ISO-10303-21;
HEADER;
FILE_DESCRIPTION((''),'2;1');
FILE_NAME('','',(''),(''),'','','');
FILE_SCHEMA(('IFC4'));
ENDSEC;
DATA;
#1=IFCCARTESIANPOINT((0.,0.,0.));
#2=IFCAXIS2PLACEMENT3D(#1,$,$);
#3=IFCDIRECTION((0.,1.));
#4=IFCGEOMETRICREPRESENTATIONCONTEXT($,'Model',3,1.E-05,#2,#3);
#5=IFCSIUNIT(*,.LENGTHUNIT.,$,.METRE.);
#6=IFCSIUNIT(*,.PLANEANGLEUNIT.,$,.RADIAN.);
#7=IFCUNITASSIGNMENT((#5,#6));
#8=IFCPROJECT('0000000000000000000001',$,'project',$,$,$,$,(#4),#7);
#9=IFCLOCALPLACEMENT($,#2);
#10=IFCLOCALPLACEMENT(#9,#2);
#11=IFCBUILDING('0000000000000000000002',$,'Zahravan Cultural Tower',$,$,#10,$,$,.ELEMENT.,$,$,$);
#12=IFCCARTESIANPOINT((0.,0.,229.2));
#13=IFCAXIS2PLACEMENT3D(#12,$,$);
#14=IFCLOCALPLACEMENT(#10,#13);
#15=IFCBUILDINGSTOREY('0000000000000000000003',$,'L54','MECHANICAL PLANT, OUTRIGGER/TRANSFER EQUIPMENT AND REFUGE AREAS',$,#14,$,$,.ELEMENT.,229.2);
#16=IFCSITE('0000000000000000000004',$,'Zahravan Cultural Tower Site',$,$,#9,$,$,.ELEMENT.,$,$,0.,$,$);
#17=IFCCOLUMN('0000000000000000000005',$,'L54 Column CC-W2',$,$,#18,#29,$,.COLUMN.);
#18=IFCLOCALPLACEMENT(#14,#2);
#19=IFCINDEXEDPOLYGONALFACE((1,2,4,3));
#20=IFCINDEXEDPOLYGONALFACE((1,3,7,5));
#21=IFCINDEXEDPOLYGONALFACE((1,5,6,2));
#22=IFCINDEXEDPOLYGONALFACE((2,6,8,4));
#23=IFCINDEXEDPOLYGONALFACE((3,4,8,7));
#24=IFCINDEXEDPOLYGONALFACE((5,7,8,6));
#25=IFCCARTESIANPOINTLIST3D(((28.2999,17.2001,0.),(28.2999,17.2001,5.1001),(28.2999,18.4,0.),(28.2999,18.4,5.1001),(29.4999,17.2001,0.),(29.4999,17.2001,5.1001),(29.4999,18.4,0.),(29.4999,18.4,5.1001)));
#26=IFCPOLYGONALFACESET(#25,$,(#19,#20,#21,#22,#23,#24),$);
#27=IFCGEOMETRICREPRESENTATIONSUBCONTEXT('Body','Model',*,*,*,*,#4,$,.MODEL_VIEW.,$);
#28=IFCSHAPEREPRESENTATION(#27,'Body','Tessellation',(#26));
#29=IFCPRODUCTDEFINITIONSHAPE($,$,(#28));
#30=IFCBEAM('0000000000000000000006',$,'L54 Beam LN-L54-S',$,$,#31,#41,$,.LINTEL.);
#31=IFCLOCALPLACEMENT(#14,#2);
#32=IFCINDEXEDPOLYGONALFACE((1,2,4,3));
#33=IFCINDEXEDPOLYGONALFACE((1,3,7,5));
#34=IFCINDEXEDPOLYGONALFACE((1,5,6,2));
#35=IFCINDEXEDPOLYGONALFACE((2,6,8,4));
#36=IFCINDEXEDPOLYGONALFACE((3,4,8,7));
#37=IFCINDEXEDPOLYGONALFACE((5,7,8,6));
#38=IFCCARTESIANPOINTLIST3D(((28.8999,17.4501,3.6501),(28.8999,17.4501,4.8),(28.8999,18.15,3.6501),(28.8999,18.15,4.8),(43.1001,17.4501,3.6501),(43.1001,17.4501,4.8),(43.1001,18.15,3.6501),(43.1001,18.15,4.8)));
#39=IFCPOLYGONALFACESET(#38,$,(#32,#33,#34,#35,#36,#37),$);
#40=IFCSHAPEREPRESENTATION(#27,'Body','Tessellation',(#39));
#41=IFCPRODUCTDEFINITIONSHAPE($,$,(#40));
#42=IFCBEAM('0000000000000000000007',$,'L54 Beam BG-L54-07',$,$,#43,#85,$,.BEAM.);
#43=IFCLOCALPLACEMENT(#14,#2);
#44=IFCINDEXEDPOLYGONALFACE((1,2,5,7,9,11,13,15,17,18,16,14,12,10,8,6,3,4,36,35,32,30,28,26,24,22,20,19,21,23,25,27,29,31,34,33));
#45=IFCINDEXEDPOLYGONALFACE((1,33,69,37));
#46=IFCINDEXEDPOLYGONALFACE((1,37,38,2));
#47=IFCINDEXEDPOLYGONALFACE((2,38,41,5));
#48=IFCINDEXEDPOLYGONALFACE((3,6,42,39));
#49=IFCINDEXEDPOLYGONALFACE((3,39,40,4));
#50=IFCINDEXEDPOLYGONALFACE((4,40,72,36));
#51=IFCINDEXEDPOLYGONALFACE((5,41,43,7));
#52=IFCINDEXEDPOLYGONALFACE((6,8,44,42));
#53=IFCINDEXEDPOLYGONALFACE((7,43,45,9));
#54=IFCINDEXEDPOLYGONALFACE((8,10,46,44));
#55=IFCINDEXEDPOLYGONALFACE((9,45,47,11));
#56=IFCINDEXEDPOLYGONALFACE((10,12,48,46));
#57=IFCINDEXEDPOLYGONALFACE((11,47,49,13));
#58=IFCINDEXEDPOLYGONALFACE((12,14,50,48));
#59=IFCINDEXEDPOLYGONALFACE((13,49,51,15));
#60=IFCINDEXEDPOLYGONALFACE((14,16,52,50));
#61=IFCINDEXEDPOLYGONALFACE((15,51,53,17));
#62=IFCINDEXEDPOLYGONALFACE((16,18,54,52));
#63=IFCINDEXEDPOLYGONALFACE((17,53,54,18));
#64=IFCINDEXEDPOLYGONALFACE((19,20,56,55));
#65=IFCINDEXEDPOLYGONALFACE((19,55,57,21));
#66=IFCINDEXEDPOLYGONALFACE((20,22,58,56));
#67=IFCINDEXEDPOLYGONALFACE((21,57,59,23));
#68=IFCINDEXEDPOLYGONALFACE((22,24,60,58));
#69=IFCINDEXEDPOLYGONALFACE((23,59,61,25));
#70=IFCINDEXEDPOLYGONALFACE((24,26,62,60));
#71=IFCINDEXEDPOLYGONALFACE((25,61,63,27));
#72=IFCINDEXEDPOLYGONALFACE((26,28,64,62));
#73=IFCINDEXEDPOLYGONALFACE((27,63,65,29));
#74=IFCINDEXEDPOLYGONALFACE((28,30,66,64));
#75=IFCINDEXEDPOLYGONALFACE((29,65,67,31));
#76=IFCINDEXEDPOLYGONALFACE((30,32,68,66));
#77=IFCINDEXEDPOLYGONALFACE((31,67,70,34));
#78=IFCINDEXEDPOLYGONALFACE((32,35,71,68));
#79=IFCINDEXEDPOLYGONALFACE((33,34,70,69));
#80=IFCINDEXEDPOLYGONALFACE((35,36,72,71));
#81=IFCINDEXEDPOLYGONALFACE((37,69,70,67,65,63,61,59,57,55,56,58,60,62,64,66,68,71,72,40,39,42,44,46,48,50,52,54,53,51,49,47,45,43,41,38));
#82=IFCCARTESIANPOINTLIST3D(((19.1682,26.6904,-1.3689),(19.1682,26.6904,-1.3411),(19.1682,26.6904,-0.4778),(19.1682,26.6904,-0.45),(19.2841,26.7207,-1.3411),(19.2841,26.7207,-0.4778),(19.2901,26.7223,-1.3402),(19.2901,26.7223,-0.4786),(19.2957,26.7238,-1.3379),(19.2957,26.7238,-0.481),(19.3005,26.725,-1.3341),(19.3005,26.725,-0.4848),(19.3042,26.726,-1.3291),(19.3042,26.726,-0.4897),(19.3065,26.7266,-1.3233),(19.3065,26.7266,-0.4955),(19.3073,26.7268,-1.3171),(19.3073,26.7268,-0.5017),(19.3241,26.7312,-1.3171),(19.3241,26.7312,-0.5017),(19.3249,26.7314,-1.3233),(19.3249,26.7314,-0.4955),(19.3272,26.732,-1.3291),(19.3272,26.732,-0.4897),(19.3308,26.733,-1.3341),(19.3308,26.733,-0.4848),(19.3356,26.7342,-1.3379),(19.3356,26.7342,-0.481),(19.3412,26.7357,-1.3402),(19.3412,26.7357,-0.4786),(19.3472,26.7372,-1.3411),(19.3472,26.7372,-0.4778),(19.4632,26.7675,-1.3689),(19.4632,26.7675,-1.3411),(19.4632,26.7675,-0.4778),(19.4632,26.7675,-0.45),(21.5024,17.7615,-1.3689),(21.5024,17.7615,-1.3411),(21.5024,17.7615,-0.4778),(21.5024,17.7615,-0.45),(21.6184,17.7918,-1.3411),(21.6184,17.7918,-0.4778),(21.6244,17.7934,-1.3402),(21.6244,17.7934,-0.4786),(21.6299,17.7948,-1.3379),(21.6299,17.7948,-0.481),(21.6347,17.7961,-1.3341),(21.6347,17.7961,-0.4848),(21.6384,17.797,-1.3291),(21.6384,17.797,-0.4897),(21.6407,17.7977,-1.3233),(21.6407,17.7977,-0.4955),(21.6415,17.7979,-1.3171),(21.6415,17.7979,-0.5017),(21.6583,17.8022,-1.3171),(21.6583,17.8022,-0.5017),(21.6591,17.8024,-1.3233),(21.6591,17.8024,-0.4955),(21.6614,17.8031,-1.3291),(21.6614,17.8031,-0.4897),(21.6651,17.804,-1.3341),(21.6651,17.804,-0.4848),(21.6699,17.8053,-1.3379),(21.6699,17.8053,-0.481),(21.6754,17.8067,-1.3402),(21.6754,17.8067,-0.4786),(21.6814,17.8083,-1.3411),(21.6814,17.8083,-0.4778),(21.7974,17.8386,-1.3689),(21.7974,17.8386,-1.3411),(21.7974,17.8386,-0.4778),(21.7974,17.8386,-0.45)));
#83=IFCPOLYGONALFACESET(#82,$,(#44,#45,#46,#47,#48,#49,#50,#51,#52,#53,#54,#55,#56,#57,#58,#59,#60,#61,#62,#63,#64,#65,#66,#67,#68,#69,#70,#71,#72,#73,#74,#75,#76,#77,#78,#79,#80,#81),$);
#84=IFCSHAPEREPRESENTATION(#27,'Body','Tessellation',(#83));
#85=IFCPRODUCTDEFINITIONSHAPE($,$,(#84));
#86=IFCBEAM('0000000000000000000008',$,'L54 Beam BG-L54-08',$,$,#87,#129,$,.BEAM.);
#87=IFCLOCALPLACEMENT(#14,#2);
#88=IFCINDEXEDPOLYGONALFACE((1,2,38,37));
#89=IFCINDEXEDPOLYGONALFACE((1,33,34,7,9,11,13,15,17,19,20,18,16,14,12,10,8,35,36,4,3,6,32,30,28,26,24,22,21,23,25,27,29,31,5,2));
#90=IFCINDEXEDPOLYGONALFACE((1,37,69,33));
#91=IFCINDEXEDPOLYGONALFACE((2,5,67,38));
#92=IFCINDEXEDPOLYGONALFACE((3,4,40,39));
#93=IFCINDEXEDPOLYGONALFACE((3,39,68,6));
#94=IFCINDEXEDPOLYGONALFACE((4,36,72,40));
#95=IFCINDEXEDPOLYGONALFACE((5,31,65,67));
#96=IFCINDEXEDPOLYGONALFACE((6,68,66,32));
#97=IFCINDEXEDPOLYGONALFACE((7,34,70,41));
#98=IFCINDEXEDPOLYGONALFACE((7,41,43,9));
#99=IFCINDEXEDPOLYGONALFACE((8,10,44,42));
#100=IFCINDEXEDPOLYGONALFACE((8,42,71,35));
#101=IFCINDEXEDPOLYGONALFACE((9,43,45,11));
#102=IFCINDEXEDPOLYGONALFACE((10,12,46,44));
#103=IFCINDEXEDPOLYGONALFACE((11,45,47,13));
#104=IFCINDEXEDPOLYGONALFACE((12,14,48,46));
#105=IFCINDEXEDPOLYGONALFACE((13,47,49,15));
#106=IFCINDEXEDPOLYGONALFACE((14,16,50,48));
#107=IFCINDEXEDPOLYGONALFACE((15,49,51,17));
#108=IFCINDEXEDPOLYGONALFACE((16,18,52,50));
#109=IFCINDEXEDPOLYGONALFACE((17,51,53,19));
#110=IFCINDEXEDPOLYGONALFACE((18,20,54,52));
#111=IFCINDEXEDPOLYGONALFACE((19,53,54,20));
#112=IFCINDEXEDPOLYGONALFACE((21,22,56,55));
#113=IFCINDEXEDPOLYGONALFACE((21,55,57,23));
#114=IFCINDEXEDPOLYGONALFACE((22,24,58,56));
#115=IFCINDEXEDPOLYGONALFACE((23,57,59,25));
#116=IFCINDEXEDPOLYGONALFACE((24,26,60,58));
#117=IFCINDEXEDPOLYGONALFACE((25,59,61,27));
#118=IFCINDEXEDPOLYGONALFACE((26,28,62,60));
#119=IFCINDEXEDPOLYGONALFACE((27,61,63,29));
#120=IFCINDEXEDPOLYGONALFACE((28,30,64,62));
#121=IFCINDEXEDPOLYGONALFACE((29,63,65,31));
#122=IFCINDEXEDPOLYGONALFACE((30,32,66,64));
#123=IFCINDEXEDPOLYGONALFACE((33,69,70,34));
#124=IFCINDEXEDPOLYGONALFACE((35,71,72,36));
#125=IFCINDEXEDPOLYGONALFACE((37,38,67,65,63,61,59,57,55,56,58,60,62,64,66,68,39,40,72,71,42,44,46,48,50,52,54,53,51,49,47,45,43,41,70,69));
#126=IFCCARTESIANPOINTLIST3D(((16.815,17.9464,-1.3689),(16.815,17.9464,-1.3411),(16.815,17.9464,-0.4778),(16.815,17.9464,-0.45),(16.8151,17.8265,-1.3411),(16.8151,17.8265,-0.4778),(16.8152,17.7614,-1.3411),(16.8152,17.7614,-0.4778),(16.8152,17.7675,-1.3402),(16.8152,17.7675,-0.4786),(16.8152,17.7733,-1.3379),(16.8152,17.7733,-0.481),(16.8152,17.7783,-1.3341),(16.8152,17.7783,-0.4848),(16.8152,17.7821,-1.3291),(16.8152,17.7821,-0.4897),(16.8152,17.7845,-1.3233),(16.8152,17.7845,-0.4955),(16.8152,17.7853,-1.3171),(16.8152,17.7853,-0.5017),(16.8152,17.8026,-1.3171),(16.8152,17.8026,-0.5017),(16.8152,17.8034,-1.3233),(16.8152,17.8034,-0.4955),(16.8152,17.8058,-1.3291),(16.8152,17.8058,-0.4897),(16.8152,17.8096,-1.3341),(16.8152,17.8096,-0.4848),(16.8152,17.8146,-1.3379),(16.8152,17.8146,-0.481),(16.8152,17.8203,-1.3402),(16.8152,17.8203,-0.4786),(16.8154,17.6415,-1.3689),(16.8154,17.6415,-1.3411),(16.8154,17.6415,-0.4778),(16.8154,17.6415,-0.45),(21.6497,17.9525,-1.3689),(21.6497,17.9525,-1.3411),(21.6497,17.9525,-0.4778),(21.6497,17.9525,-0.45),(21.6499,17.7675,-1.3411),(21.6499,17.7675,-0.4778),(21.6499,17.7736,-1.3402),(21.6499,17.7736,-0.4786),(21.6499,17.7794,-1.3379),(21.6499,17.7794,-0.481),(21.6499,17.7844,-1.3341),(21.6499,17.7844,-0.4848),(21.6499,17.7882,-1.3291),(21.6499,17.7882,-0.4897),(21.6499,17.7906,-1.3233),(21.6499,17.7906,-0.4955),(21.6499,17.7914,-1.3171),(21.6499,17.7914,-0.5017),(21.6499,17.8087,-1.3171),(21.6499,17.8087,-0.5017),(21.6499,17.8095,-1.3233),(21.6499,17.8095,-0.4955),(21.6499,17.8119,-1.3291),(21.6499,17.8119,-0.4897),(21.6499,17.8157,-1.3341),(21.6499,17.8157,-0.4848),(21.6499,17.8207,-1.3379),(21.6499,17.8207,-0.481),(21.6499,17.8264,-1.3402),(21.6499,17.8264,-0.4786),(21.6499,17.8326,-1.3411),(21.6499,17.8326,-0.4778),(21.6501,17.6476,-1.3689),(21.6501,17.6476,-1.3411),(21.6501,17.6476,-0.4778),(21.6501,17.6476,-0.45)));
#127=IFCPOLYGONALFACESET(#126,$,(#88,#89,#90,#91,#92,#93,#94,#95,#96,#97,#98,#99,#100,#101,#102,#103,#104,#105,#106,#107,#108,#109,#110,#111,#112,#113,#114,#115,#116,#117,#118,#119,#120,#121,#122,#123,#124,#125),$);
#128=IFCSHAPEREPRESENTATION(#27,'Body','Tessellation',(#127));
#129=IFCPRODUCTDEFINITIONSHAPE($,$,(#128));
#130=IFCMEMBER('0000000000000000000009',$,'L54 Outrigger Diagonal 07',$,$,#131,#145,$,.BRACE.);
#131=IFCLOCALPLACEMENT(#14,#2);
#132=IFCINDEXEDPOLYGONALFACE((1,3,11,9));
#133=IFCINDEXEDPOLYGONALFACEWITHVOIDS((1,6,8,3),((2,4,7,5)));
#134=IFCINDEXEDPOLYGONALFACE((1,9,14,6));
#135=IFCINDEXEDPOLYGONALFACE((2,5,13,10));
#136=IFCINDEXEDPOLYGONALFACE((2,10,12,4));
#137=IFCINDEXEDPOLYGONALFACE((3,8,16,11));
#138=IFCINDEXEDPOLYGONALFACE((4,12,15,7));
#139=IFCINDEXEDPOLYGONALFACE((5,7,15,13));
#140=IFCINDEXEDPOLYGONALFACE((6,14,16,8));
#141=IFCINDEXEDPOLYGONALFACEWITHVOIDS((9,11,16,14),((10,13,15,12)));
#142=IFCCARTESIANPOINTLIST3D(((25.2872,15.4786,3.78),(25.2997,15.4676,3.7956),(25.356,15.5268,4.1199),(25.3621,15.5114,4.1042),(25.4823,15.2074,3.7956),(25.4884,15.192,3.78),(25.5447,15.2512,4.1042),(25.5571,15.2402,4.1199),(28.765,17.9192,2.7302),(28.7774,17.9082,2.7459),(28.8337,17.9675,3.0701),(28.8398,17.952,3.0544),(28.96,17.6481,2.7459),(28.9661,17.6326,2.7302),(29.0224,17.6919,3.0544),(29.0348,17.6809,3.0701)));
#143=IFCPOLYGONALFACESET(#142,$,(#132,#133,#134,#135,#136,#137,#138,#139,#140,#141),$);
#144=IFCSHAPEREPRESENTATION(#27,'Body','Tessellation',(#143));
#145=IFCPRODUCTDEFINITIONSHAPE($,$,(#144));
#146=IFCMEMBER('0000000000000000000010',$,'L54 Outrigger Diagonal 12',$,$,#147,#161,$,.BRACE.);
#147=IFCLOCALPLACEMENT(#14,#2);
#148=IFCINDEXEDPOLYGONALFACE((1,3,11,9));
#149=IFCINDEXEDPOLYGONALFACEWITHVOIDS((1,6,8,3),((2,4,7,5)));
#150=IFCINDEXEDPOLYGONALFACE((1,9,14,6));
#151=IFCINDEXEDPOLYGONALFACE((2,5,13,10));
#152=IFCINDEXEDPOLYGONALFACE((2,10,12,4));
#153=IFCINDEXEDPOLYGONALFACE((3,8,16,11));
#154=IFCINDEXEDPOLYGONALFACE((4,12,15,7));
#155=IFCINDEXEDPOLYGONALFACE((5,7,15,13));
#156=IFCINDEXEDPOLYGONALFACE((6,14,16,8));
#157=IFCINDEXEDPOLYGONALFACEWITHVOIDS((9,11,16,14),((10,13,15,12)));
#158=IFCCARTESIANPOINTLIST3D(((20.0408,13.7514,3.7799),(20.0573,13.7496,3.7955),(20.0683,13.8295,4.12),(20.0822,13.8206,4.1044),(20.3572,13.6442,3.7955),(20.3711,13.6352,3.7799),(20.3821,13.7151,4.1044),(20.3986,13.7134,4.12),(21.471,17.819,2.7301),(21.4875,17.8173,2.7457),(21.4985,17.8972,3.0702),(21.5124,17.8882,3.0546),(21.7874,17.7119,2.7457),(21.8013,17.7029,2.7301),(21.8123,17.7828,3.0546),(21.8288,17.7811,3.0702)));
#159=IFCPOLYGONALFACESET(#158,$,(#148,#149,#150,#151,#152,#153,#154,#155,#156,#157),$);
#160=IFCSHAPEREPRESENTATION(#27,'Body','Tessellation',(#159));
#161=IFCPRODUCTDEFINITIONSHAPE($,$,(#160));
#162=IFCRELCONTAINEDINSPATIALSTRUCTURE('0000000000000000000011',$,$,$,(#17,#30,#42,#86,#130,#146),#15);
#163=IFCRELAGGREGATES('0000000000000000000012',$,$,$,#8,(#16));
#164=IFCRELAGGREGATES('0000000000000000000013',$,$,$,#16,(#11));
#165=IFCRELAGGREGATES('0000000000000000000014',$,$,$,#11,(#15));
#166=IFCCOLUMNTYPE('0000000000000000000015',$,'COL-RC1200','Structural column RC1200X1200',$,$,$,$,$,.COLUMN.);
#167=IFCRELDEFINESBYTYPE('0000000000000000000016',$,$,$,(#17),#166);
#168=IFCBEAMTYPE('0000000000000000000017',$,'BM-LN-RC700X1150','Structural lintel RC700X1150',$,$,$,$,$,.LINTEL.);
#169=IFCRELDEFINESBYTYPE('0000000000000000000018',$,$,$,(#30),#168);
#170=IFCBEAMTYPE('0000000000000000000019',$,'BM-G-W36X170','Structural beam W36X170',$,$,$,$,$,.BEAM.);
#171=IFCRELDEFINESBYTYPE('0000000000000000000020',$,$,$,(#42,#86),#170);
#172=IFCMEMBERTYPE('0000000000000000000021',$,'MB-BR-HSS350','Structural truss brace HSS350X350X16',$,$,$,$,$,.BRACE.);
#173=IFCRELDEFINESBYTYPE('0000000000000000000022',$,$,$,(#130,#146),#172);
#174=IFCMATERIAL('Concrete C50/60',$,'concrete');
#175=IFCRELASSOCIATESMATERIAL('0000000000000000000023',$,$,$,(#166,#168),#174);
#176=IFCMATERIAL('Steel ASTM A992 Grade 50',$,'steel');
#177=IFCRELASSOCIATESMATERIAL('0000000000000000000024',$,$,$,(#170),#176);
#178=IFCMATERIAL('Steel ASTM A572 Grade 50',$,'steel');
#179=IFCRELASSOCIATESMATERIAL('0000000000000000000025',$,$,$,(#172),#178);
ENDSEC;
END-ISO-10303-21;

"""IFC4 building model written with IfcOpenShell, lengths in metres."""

from ifc_helpers import new_model, si_unit, direction, frame, origin, origin_2d, place, context, subcontext, project, spatial, rectangle, hollow_rectangle, i_section, extrude, source, transform, mapped, material, material_profile, profile_set, type_object, element, save


model = new_model("IFC4")

# Units and contexts
model_context = context("Model", 3, precision=1e-05, world=origin(), true_north=direction((0.0, 1.0)))
body_context = subcontext(model_context, "Body", "Model", "MODEL_VIEW")
ifc_project = project(units=[si_unit("LENGTHUNIT", "METRE"), si_unit("PLANEANGLEUNIT", "RADIAN")], contexts=[model_context])

# Site, building, storey
site_placement = place(None, origin())
site = spatial("IfcSite", under=ifc_project, at=site_placement, Name="Zahravan Cultural Tower Site", CompositionType="ELEMENT", RefElevation=0.0)
building_placement = place(site_placement, origin())
building = spatial("IfcBuilding", under=site, at=building_placement, Name="Zahravan Cultural Tower", CompositionType="ELEMENT")
storey_placement = place(building_placement, frame((0.0, 0.0, 229.2)))
storey = spatial("IfcBuildingStorey", under=building, at=storey_placement, Name="L54", Description="MECHANICAL PLANT, OUTRIGGER/TRANSFER EQUIPMENT AND REFUGE AREAS", CompositionType="ELEMENT", Elevation=229.2)

# Column
ifc_material_1 = material(Name="Concrete C50/60", Category="concrete")
ifc_material_profile_1 = material_profile(ifc_material_1, rectangle(XDim=1.2, YDim=1.2, at=origin_2d()), Name="RC1200X1200")
ifc_profile_set_1 = profile_set([ifc_material_profile_1], Name="Concrete C50/60")
column_type = type_object("IfcColumnType", Name="COL-RC1200", Description="Structural column RC1200X1200", PredefinedType="COLUMN", material=ifc_profile_set_1)
shared_shape_1 = source(origin(), body_context, "Body", "SweptSolid", [
    extrude(rectangle(XDim=1.2, YDim=1.2, at=origin_2d()), origin(), (0.0, 0.0, 1.0), 5.1001),
])
column_placement = place(storey_placement, frame((28.8999, 17.8, 0.0), z_axis=(0.0, 0.0, 1.0), x_axis=(1.0, 0.0, 0.0)))
element("IfcColumn", 1, at=column_placement, inside=storey, type_object=column_type, Name="L54 Column CC-W2", PredefinedType="COLUMN", context=body_context, shape_type="MappedRepresentation", body=[
    mapped(shared_shape_1, transform((0.0, 0.0, 0.0), x_axis=(1.0, 0.0, 0.0), y_axis=(0.0, 1.0, 0.0), z_axis=(0.0, 0.0, 1.0), scale=1.0)),
])

# Beams
ifc_material_profile_2 = material_profile(ifc_material_1, rectangle(XDim=0.7, YDim=1.1499, at=origin_2d()), Name="RC700X1150")
ifc_profile_set_2 = profile_set([ifc_material_profile_2], Name="Concrete C50/60")
beam_type_1 = type_object("IfcBeamType", Name="BM-LN-RC700X1150", Description="Structural lintel RC700X1150", PredefinedType="LINTEL", material=ifc_profile_set_2)
shared_shape_2 = source(origin(), body_context, "Body", "SweptSolid", [
    extrude(rectangle(XDim=0.7, YDim=1.1499, at=origin_2d()), origin(), (0.0, 0.0, 1.0), 14.2002),
])
beam_1_placement = place(storey_placement, frame((28.8999, 17.8, 4.2251), z_axis=(1.0, 0.0, 0.0), x_axis=(0.0, 1.0, 0.0)))
element("IfcBeam", 2, at=beam_1_placement, inside=storey, type_object=beam_type_1, Name="L54 Beam LN-L54-S", PredefinedType="LINTEL", context=body_context, shape_type="MappedRepresentation", body=[
    mapped(shared_shape_2, transform((0.0, 0.0, 0.0), x_axis=(1.0, 0.0, 0.0), y_axis=(0.0, 1.0, 0.0), z_axis=(0.0, 0.0, 1.0), scale=1.0)),
])
ifc_material_2 = material(Name="Steel ASTM A992 Grade 50", Category="steel")
ifc_material_profile_3 = material_profile(ifc_material_2, i_section(OverallWidth=0.3049, OverallDepth=0.9189, WebThickness=0.0173, FlangeThickness=0.0278, FilletRadius=0.0239, at=origin_2d()), Name="W36X170")
ifc_profile_set_3 = profile_set([ifc_material_profile_3], Name="Steel ASTM A992 Grade 50")
beam_type_2 = type_object("IfcBeamType", Name="BM-G-W36X170", Description="Structural beam W36X170", PredefinedType="BEAM", material=ifc_profile_set_3)
shared_shape_3 = source(origin(), body_context, "Body", "SweptSolid", [
    extrude(i_section(OverallWidth=0.3049, OverallDepth=0.9189, WebThickness=0.0173, FlangeThickness=0.0278, FilletRadius=0.0239, at=origin_2d()), origin(), (0.0, 0.0, 1.0), 9.229),
])
beam_2_placement = place(storey_placement, frame((21.6499, 17.8, -0.9094), z_axis=(-0.252923, 0.967487, 0.0), x_axis=(-0.967487, -0.252923, 0.0)))
element("IfcBeam", 3, at=beam_2_placement, inside=storey, type_object=beam_type_2, Name="L54 Beam BG-L54-07", PredefinedType="BEAM", context=body_context, shape_type="MappedRepresentation", body=[
    mapped(shared_shape_3, transform((0.0, 0.0, 0.0), x_axis=(1.0, 0.0, 0.0), y_axis=(0.0, 1.0, 0.0), z_axis=(0.0, 0.0, 1.0), scale=1.0)),
])
shared_shape_4 = source(origin(), body_context, "Body", "SweptSolid", [
    extrude(i_section(OverallWidth=0.3049, OverallDepth=0.9189, WebThickness=0.0173, FlangeThickness=0.0278, FilletRadius=0.0239, at=origin_2d()), origin(), (0.0, 0.0, 1.0), 4.8347),
])
beam_3_placement = place(storey_placement, frame((21.6499, 17.8, -0.9094), z_axis=(-0.999999, -0.001262, 0.0), x_axis=(0.001262, -0.999999, 0.0)))
element("IfcBeam", 4, at=beam_3_placement, inside=storey, type_object=beam_type_2, Name="L54 Beam BG-L54-08", PredefinedType="BEAM", context=body_context, shape_type="MappedRepresentation", body=[
    mapped(shared_shape_4, transform((0.0, 0.0, 0.0), x_axis=(1.0, 0.0, 0.0), y_axis=(0.0, 1.0, 0.0), z_axis=(0.0, 0.0, 1.0), scale=1.0)),
])

# Members
ifc_material_3 = material(Name="Steel ASTM A572 Grade 50", Category="steel")
ifc_material_profile_4 = material_profile(ifc_material_3, hollow_rectangle(XDim=0.3501, YDim=0.3501, WallThickness=0.0161, at=origin_2d()), Name="HSS350X350X16")
ifc_profile_set_4 = profile_set([ifc_material_profile_4], Name="Steel ASTM A572 Grade 50")
member_type = type_object("IfcMemberType", Name="MB-BR-HSS350", Description="Structural truss brace HSS350X350X16", PredefinedType="BRACE", material=ifc_profile_set_4)
shared_shape_5 = source(origin(), body_context, "Body", "SweptSolid", [
    extrude(hollow_rectangle(XDim=0.3501, YDim=0.3501, WallThickness=0.0161, at=origin_2d()), origin(), (0.0, 0.0, 1.0), 4.3765),
])
member_1_placement = place(storey_placement, frame((28.8999, 17.8, 2.9001), z_axis=(-0.794645, -0.557674, 0.239872), x_axis=(0.574445, -0.818543, 0.0)))
element("IfcMember", 5, at=member_1_placement, inside=storey, type_object=member_type, Name="L54 Outrigger Diagonal 07", PredefinedType="BRACE", context=body_context, shape_type="MappedRepresentation", body=[
    mapped(shared_shape_5, transform((0.0, 0.0, 0.0), x_axis=(1.0, 0.0, 0.0), y_axis=(0.0, 1.0, 0.0), z_axis=(0.0, 0.0, 1.0), scale=1.0)),
])
shared_shape_6 = source(origin(), body_context, "Body", "SweptSolid", [
    extrude(hollow_rectangle(XDim=0.3501, YDim=0.3501, WallThickness=0.0161, at=origin_2d()), origin(), (0.0, 0.0, 1.0), 4.4377),
])
member_2_placement = place(storey_placement, frame((21.6499, 17.8, 2.9001), z_axis=(-0.322279, -0.916609, 0.236566), x_axis=(0.943387, -0.331694, 0.0)))
element("IfcMember", 6, at=member_2_placement, inside=storey, type_object=member_type, Name="L54 Outrigger Diagonal 12", PredefinedType="BRACE", context=body_context, shape_type="MappedRepresentation", body=[
    mapped(shared_shape_6, transform((0.0, 0.0, 0.0), x_axis=(1.0, 0.0, 0.0), y_axis=(0.0, 1.0, 0.0), z_axis=(0.0, 0.0, 1.0), scale=1.0)),
])

save(model, "model.ifc")
